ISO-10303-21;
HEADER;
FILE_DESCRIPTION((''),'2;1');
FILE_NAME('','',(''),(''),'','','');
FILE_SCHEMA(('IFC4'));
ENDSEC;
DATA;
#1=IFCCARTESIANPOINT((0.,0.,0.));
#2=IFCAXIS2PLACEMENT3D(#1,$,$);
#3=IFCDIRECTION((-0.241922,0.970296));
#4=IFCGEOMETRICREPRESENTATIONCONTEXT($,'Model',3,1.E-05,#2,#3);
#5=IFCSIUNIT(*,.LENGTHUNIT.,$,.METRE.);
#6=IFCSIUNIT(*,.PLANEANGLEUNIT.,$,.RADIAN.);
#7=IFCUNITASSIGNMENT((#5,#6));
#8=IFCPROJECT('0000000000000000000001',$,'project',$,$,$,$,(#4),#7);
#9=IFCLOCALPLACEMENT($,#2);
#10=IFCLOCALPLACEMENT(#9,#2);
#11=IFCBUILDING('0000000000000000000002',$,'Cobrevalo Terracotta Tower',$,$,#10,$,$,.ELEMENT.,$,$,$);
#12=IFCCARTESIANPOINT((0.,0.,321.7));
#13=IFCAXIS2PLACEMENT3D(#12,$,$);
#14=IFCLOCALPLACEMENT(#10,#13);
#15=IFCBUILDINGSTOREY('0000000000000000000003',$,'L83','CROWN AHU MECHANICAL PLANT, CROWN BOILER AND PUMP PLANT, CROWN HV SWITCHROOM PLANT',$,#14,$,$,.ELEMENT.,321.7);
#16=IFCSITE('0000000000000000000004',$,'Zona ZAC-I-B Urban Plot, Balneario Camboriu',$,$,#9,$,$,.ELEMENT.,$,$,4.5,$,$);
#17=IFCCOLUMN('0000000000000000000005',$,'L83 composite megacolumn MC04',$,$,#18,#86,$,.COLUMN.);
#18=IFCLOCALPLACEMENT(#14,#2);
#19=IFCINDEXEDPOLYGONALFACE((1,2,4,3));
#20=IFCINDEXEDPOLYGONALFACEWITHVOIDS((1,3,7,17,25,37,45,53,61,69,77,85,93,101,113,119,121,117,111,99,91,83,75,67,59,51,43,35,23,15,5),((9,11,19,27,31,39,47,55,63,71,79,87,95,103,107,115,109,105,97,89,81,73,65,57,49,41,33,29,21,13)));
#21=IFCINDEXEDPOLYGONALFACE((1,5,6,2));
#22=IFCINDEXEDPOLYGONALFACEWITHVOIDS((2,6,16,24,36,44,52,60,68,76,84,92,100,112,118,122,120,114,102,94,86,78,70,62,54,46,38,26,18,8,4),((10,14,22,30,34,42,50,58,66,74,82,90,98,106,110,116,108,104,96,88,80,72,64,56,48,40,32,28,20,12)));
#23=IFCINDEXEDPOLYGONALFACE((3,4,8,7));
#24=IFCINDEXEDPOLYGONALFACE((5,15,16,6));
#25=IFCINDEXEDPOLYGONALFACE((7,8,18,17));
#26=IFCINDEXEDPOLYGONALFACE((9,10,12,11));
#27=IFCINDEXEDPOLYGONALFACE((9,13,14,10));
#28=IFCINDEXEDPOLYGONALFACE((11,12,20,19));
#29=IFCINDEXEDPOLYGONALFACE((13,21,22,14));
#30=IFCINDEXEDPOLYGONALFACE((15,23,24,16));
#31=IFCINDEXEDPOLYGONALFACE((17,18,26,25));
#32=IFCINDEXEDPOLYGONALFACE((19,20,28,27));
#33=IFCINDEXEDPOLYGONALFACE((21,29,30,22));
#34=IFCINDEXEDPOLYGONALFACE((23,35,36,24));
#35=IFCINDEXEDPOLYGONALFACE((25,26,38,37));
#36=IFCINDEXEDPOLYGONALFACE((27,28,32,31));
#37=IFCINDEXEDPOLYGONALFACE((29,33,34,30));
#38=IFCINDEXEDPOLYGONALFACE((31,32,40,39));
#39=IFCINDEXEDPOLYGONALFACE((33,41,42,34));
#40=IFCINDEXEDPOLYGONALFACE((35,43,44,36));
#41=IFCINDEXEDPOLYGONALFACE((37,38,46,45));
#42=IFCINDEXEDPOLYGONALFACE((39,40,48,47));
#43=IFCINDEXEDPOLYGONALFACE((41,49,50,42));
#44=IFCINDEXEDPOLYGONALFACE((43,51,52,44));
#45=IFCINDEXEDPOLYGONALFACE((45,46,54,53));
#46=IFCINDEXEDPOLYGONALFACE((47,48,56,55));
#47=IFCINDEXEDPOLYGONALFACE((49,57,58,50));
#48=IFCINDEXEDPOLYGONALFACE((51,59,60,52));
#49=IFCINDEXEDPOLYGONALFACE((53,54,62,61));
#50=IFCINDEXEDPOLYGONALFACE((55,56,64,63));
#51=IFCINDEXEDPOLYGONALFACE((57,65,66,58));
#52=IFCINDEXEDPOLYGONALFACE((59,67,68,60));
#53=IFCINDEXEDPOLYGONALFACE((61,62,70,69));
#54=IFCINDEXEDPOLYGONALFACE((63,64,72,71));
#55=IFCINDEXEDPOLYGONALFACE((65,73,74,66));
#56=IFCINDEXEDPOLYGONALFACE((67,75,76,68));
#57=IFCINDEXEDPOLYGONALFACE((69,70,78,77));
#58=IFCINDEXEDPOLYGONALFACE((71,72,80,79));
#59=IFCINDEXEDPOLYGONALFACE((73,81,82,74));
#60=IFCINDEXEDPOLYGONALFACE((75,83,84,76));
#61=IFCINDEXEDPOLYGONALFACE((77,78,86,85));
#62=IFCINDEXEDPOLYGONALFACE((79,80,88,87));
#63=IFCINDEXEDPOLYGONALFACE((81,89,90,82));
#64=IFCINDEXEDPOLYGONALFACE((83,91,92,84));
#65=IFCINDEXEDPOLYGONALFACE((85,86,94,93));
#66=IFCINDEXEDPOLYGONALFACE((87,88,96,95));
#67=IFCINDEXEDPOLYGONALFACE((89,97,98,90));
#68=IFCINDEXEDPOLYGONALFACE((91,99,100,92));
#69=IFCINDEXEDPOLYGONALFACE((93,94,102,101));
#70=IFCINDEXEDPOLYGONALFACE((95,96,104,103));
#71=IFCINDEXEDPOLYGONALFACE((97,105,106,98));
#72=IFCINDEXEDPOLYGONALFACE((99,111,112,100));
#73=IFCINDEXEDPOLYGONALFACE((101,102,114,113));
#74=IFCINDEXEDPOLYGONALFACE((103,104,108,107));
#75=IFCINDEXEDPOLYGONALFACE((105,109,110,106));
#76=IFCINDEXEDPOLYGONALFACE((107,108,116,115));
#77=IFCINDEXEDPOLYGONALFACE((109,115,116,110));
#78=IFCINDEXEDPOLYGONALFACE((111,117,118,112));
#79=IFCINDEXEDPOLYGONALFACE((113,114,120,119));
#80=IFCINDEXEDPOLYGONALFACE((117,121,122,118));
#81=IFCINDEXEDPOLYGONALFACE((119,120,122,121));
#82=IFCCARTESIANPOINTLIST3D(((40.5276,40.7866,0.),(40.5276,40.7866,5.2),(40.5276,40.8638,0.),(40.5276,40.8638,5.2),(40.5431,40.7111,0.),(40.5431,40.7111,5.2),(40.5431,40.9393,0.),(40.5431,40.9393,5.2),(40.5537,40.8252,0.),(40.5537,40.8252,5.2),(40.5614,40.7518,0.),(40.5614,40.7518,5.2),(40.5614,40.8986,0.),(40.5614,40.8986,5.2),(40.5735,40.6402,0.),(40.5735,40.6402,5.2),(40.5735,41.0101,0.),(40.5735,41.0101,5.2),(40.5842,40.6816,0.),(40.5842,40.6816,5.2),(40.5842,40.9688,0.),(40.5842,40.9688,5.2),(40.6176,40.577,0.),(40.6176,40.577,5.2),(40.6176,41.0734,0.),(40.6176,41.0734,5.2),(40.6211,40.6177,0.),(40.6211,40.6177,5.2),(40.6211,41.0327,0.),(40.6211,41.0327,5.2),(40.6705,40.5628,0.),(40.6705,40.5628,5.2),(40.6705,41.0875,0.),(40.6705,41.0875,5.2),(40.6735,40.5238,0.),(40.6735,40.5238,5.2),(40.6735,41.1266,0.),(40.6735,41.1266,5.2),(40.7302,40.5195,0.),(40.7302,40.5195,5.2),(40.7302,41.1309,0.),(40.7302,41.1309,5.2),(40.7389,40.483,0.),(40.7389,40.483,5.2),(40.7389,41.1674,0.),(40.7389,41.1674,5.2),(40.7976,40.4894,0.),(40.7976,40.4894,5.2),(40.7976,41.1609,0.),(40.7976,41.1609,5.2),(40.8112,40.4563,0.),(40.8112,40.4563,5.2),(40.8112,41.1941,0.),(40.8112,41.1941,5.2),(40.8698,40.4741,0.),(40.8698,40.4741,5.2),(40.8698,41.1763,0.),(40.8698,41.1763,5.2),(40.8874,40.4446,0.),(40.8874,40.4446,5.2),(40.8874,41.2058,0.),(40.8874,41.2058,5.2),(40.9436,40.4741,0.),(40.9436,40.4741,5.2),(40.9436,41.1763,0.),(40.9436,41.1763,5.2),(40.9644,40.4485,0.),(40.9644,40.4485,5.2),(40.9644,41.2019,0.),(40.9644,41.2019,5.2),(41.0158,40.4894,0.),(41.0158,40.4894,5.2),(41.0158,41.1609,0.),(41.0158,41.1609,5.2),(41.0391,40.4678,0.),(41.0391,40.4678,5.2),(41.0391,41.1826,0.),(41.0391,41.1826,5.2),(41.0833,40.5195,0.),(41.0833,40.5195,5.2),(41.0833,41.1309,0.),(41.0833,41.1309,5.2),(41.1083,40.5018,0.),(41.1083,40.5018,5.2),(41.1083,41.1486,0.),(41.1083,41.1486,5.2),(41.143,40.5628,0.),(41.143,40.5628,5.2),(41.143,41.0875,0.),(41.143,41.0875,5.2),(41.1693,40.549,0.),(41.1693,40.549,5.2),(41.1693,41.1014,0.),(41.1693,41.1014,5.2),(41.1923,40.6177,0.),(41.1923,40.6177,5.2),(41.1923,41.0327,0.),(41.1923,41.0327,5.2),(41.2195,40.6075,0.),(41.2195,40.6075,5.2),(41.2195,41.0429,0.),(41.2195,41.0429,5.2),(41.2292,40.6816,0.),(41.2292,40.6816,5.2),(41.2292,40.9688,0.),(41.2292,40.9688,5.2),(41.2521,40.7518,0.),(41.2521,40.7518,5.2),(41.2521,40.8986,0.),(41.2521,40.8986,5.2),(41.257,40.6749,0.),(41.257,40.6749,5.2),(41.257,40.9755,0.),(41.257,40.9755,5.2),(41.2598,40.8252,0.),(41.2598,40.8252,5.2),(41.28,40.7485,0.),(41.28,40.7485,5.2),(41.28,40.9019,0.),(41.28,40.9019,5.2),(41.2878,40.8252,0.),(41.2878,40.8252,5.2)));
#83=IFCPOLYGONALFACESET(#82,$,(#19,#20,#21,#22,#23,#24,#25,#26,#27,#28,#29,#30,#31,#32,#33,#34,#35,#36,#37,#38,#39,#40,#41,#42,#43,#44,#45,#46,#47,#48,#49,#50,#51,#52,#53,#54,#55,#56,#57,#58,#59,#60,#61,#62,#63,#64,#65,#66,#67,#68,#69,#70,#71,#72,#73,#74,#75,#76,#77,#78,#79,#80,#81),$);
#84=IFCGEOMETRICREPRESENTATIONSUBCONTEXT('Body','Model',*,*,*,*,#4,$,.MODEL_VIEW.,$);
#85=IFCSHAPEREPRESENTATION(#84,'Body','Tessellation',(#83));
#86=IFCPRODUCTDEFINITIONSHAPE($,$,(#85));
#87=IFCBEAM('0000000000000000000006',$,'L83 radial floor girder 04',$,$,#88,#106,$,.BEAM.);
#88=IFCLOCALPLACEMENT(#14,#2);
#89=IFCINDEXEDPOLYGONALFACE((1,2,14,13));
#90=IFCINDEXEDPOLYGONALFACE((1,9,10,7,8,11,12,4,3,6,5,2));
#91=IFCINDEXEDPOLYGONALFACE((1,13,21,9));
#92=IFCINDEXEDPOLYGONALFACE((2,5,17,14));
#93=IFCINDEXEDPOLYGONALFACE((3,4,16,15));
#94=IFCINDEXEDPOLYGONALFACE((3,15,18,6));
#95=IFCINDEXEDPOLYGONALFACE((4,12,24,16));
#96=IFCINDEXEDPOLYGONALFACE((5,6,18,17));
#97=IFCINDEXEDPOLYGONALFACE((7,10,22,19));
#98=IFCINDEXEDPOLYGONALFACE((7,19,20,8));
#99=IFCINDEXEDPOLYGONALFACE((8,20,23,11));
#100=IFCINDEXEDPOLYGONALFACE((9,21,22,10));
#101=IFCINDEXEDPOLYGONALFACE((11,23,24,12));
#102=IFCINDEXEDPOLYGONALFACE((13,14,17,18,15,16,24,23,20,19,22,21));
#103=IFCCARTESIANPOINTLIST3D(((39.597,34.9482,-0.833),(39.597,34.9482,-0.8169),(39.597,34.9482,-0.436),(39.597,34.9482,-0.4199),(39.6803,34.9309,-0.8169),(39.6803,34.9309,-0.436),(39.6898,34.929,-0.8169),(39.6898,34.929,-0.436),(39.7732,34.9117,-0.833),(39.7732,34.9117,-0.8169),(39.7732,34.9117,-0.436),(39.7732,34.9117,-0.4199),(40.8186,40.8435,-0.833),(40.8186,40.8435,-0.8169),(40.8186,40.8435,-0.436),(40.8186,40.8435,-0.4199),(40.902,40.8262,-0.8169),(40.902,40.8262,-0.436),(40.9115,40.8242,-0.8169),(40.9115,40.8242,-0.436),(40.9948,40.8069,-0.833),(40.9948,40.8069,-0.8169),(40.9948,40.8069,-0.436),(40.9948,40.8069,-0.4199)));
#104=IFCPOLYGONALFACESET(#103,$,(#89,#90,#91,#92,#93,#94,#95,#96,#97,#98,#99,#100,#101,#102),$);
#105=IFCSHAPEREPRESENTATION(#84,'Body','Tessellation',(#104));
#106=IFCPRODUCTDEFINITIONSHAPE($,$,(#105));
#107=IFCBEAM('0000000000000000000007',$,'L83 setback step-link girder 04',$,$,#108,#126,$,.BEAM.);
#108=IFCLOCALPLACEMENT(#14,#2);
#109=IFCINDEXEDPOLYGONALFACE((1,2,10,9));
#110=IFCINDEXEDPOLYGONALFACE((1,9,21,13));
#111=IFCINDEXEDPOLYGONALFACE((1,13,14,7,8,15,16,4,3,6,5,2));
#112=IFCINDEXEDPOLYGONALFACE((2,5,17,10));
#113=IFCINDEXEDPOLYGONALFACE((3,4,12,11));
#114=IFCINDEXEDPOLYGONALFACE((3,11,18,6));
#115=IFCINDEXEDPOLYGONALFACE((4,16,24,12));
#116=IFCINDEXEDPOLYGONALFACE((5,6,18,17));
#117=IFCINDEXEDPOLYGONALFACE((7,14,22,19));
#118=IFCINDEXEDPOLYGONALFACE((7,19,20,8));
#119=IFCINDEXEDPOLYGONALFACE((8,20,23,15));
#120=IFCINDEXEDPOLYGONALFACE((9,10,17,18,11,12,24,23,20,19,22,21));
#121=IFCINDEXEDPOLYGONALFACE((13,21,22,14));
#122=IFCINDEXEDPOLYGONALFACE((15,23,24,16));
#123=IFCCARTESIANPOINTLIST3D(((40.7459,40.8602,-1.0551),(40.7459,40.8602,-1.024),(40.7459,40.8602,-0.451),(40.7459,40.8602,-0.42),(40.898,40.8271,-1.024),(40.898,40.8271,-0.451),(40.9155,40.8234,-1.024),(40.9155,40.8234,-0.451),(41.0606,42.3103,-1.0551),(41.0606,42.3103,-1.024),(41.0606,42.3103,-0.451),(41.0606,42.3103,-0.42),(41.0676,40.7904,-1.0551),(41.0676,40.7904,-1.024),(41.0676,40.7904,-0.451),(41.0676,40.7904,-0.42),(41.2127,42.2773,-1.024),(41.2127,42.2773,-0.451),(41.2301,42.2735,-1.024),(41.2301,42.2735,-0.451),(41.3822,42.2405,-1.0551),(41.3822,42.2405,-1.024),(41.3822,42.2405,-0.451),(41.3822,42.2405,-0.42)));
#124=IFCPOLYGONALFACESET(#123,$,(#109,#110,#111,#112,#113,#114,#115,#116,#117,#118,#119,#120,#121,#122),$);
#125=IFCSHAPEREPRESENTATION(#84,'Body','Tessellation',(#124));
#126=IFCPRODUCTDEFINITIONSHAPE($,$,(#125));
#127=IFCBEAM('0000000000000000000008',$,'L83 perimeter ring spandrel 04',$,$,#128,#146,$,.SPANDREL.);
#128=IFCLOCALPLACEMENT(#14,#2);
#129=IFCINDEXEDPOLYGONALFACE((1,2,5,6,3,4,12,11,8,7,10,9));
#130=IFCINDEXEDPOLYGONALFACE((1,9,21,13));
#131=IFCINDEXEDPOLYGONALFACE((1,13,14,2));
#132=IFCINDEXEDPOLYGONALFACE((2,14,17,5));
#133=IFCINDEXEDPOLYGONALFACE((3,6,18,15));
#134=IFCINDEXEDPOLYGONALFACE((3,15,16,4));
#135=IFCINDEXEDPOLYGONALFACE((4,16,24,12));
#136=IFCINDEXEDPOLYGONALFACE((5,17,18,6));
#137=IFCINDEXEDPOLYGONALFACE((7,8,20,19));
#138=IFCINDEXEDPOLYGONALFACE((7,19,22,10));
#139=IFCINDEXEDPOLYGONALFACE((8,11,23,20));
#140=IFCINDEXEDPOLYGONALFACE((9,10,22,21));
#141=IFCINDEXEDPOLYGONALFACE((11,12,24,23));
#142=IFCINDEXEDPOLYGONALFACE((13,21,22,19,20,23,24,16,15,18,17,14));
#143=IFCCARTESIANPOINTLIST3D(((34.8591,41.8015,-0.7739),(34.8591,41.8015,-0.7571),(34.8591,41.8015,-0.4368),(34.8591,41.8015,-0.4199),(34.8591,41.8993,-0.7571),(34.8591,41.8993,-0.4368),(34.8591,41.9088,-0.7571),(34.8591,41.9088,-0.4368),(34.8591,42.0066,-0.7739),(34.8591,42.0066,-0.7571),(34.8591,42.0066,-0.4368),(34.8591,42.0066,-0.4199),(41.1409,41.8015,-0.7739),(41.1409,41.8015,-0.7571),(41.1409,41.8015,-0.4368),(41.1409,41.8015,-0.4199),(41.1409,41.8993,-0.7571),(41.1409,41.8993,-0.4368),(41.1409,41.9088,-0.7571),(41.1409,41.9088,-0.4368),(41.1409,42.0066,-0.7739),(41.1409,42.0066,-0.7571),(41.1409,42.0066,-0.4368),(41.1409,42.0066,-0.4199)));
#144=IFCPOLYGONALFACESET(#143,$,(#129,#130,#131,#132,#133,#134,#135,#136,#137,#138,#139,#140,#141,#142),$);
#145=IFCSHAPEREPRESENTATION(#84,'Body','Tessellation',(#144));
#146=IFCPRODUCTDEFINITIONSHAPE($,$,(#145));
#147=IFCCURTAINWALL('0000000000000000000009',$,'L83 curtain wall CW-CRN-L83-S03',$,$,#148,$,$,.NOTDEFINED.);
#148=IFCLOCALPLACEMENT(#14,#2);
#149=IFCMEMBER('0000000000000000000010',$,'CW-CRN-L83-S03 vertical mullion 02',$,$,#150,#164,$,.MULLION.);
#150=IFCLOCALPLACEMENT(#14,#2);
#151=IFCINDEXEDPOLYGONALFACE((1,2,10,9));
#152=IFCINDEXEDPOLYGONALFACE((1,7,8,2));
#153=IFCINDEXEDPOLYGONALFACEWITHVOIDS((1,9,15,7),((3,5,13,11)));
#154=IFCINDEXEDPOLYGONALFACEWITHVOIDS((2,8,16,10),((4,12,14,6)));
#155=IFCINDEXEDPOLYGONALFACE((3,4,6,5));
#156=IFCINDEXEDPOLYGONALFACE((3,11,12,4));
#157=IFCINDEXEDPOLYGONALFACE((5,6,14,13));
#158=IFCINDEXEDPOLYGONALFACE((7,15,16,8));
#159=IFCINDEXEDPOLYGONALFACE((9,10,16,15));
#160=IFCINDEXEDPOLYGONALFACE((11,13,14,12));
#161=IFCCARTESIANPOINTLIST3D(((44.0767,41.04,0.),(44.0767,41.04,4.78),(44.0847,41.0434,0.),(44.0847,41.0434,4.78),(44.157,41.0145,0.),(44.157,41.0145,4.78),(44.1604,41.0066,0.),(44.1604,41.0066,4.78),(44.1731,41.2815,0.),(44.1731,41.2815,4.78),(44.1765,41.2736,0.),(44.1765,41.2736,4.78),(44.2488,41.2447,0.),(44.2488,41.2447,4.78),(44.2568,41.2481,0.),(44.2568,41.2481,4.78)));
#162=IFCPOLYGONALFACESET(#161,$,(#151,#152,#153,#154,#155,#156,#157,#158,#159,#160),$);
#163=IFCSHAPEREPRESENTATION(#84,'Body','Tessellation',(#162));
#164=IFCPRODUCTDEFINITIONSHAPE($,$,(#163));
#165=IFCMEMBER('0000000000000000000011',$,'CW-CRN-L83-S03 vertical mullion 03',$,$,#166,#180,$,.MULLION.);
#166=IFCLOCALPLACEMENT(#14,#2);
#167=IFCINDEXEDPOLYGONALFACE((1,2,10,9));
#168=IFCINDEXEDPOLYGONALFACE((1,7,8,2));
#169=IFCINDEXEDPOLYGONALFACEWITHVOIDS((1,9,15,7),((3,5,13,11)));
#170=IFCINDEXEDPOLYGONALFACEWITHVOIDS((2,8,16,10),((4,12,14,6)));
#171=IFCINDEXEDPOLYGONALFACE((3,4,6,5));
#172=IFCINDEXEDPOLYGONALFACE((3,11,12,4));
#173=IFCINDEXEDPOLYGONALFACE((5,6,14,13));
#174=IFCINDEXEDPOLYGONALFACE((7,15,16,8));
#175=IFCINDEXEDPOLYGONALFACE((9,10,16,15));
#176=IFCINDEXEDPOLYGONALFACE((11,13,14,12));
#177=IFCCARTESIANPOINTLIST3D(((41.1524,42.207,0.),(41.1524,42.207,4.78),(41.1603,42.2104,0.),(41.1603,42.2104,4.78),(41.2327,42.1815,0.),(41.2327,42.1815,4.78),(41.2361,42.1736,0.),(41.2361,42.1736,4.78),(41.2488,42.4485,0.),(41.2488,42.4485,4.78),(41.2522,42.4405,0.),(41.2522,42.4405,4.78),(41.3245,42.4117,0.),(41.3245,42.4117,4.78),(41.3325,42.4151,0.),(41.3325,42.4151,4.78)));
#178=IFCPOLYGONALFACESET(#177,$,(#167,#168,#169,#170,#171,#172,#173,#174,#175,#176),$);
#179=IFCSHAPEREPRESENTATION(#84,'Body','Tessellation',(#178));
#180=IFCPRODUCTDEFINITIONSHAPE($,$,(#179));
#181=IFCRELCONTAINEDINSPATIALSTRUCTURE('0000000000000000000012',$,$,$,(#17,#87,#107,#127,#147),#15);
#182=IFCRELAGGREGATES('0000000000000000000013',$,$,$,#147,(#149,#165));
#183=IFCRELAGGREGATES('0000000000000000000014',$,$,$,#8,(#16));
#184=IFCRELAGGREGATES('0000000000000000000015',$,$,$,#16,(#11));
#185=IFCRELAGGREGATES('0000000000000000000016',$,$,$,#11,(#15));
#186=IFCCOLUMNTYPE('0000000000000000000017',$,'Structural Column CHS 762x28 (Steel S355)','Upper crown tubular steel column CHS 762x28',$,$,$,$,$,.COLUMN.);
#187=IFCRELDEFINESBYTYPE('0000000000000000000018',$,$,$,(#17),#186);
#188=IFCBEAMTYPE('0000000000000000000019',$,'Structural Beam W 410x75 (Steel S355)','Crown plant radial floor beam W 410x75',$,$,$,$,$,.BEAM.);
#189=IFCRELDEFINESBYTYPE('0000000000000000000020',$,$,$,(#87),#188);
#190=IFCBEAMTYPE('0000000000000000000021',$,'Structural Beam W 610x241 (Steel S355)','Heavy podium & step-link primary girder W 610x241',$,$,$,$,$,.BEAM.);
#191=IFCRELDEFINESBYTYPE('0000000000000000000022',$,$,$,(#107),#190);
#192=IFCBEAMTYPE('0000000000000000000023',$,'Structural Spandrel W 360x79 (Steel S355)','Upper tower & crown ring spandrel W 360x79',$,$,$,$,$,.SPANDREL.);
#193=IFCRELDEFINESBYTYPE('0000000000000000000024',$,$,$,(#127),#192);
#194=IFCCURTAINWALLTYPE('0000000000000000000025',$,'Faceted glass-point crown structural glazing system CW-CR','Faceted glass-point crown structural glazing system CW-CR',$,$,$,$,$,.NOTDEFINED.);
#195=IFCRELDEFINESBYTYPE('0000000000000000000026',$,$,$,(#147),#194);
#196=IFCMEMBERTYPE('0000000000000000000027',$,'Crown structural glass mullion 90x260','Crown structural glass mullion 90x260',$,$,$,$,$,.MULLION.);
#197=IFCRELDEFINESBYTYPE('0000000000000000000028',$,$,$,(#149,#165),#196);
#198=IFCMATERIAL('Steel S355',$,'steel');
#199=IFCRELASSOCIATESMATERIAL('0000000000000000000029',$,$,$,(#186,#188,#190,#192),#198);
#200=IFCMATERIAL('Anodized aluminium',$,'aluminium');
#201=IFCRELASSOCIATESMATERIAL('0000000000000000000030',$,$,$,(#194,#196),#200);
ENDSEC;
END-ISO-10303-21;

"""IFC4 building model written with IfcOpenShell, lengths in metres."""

from ifc_helpers import new_model, si_unit, direction, frame, origin, origin_2d, place, context, subcontext, project, spatial, hollow_rectangle, hollow_circle, i_section, extrude, source, transform, mapped, material, material_profile, profile_set, type_object, element, aggregate, save


model = new_model("IFC4")

# Units and contexts
model_context = context("Model", 3, precision=1e-05, world=origin(), true_north=direction((-0.241922, 0.970296)))
body_context = subcontext(model_context, "Body", "Model", "MODEL_VIEW")
ifc_project = project(units=[si_unit("LENGTHUNIT", "METRE"), si_unit("PLANEANGLEUNIT", "RADIAN")], contexts=[model_context])

# Site, building, storey
site_placement = place(None, origin())
site = spatial("IfcSite", under=ifc_project, at=site_placement, Name="Zona ZAC-I-B Urban Plot, Balneario Camboriu", CompositionType="ELEMENT", RefElevation=4.5)
building_placement = place(site_placement, origin())
building = spatial("IfcBuilding", under=site, at=building_placement, Name="Cobrevalo Terracotta Tower", CompositionType="ELEMENT")
storey_placement = place(building_placement, frame((0.0, 0.0, 321.7)))
storey = spatial("IfcBuildingStorey", under=building, at=storey_placement, Name="L83", Description="CROWN AHU MECHANICAL PLANT, CROWN BOILER AND PUMP PLANT, CROWN HV SWITCHROOM PLANT", CompositionType="ELEMENT", Elevation=321.7)

# Column
ifc_material_1 = material(Name="Steel S355", Category="steel")
ifc_material_profile_1 = material_profile(ifc_material_1, hollow_circle(Radius=0.3811, WallThickness=0.0281, at=origin_2d()), Name="CHS 762x28")
ifc_profile_set_1 = profile_set([ifc_material_profile_1], Name="Steel S355")
column_type = type_object("IfcColumnType", Name="Structural Column CHS 762x28 (Steel S355)", Description="Upper crown tubular steel column CHS 762x28", PredefinedType="COLUMN", material=ifc_profile_set_1)
column_placement = place(storey_placement, frame((40.9067, 40.8252, 0.0), z_axis=(0.0, 0.0, 1.0), x_axis=(1.0, 0.0, 0.0)))
element("IfcColumn", 1, at=column_placement, inside=storey, type_object=column_type, Name="L83 composite megacolumn MC04", PredefinedType="COLUMN", context=body_context, shape_type="SweptSolid", body=[
    extrude(hollow_circle(Radius=0.3811, WallThickness=0.0281, at=origin_2d()), origin(), (0.0, 0.0, 1.0), 5.2),
])

# Beams
ifc_material_profile_2 = material_profile(ifc_material_1, i_section(OverallWidth=0.1799, OverallDepth=0.4131, WebThickness=0.0098, FlangeThickness=0.0161, at=origin_2d()), Name="W 410x75")
ifc_profile_set_2 = profile_set([ifc_material_profile_2], Name="Steel S355")
beam_type_1 = type_object("IfcBeamType", Name="Structural Beam W 410x75 (Steel S355)", Description="Crown plant radial floor beam W 410x75", PredefinedType="BEAM", material=ifc_profile_set_2)
beam_1_placement = place(storey_placement, frame((40.9067, 40.8252, -0.6265), z_axis=(-0.202919, -0.979195, 0.0), x_axis=(0.979195, -0.202919, 0.0)))
element("IfcBeam", 2, at=beam_1_placement, inside=storey, type_object=beam_type_1, Name="L83 radial floor girder 04", PredefinedType="BEAM", context=body_context, shape_type="SweptSolid", body=[
    extrude(i_section(OverallWidth=0.1799, OverallDepth=0.4131, WebThickness=0.0098, FlangeThickness=0.0161, at=origin_2d()), origin(), (0.0, 0.0, 1.0), 6.0205),
])
ifc_material_profile_3 = material_profile(ifc_material_1, i_section(OverallWidth=0.3291, OverallDepth=0.635, WebThickness=0.0178, FlangeThickness=0.031, at=origin_2d()), Name="W 610x241")
ifc_profile_set_3 = profile_set([ifc_material_profile_3], Name="Steel S355")
beam_type_2 = type_object("IfcBeamType", Name="Structural Beam W 610x241 (Steel S355)", Description="Heavy podium & step-link primary girder W 610x241", PredefinedType="BEAM", material=ifc_profile_set_3)
beam_2_placement = place(storey_placement, frame((41.2214, 42.2754, -0.7375), z_axis=(-0.212068, -0.977255, 0.0), x_axis=(0.977255, -0.212068, 0.0)))
element("IfcBeam", 3, at=beam_2_placement, inside=storey, type_object=beam_type_2, Name="L83 setback step-link girder 04", PredefinedType="BEAM", context=body_context, shape_type="SweptSolid", body=[
    extrude(i_section(OverallWidth=0.3291, OverallDepth=0.635, WebThickness=0.0178, FlangeThickness=0.031, at=origin_2d()), origin(), (0.0, 0.0, 1.0), 1.4839),
])
ifc_material_profile_4 = material_profile(ifc_material_1, i_section(OverallWidth=0.2051, OverallDepth=0.354, WebThickness=0.0095, FlangeThickness=0.0168, at=origin_2d()), Name="W 360x79")
ifc_profile_set_4 = profile_set([ifc_material_profile_4], Name="Steel S355")
beam_type_3 = type_object("IfcBeamType", Name="Structural Spandrel W 360x79 (Steel S355)", Description="Upper tower & crown ring spandrel W 360x79", PredefinedType="SPANDREL", material=ifc_profile_set_4)
beam_3_placement = place(storey_placement, frame((41.1409, 41.9041, -0.5969), z_axis=(-1.0, 0.0, 0.0), x_axis=(0.0, -1.0, 0.0)))
element("IfcBeam", 4, at=beam_3_placement, inside=storey, type_object=beam_type_3, Name="L83 perimeter ring spandrel 04", PredefinedType="SPANDREL", context=body_context, shape_type="SweptSolid", body=[
    extrude(i_section(OverallWidth=0.2051, OverallDepth=0.354, WebThickness=0.0095, FlangeThickness=0.0168, at=origin_2d()), origin(), (0.0, 0.0, 1.0), 6.2817),
])

# Curtain wall, members
ifc_material_2 = material(Name="Anodized aluminium", Category="aluminium")
curtain_wall_type = type_object("IfcCurtainWallType", Name="Faceted glass-point crown structural glazing system CW-CR", Description="Faceted glass-point crown structural glazing system CW-CR", PredefinedType="NOTDEFINED", material=ifc_material_2)
curtain_wall_1_placement = place(storey_placement, origin())
curtain_wall_1 = element("IfcCurtainWall", 5, at=curtain_wall_1_placement, inside=storey, type_object=curtain_wall_type, Name="L83 curtain wall CW-CRN-L83-S03", PredefinedType="NOTDEFINED")
ifc_material_profile_5 = material_profile(ifc_material_2, hollow_rectangle(XDim=0.0901, YDim=0.26, WallThickness=0.0061, at=origin_2d()), Name="CWM 90x260")
ifc_profile_set_5 = profile_set([ifc_material_profile_5], Name="Anodized aluminium")
member_type_1 = type_object("IfcMemberType", Name="Crown structural glass mullion 90x260", Description="Crown structural glass mullion 90x260", PredefinedType="MULLION", material=ifc_profile_set_5)
shared_shape_1 = source(origin(), body_context, "Body", "SweptSolid", [
    extrude(hollow_rectangle(XDim=0.0901, YDim=0.26, WallThickness=0.0061, at=origin_2d()), origin(), (0.0, 0.0, 1.0), 4.78),
])
member_1_placement = place(storey_placement, frame((44.1667, 41.144, 0.0), z_axis=(0.0, 0.0, 1.0), x_axis=(-0.928771, 0.370655, 0.0)))
member_1 = element("IfcMember", 6, at=member_1_placement, type_object=member_type_1, Name="CW-CRN-L83-S03 vertical mullion 02", PredefinedType="MULLION", context=body_context, shape_type="MappedRepresentation", body=[
    mapped(shared_shape_1, transform((0.0, 0.0, 0.0), scale=1.0)),
])
member_2_placement = place(storey_placement, frame((41.2424, 42.311, 0.0), z_axis=(0.0, 0.0, 1.0), x_axis=(-0.928771, 0.370655, 0.0)))
member_2 = element("IfcMember", 7, at=member_2_placement, type_object=member_type_1, Name="CW-CRN-L83-S03 vertical mullion 03", PredefinedType="MULLION", context=body_context, shape_type="MappedRepresentation", body=[
    mapped(shared_shape_1, transform((0.0, 0.0, 0.0), scale=1.0)),
])

aggregate(curtain_wall_1, [member_1, member_2])

save(model, "model.ifc")
